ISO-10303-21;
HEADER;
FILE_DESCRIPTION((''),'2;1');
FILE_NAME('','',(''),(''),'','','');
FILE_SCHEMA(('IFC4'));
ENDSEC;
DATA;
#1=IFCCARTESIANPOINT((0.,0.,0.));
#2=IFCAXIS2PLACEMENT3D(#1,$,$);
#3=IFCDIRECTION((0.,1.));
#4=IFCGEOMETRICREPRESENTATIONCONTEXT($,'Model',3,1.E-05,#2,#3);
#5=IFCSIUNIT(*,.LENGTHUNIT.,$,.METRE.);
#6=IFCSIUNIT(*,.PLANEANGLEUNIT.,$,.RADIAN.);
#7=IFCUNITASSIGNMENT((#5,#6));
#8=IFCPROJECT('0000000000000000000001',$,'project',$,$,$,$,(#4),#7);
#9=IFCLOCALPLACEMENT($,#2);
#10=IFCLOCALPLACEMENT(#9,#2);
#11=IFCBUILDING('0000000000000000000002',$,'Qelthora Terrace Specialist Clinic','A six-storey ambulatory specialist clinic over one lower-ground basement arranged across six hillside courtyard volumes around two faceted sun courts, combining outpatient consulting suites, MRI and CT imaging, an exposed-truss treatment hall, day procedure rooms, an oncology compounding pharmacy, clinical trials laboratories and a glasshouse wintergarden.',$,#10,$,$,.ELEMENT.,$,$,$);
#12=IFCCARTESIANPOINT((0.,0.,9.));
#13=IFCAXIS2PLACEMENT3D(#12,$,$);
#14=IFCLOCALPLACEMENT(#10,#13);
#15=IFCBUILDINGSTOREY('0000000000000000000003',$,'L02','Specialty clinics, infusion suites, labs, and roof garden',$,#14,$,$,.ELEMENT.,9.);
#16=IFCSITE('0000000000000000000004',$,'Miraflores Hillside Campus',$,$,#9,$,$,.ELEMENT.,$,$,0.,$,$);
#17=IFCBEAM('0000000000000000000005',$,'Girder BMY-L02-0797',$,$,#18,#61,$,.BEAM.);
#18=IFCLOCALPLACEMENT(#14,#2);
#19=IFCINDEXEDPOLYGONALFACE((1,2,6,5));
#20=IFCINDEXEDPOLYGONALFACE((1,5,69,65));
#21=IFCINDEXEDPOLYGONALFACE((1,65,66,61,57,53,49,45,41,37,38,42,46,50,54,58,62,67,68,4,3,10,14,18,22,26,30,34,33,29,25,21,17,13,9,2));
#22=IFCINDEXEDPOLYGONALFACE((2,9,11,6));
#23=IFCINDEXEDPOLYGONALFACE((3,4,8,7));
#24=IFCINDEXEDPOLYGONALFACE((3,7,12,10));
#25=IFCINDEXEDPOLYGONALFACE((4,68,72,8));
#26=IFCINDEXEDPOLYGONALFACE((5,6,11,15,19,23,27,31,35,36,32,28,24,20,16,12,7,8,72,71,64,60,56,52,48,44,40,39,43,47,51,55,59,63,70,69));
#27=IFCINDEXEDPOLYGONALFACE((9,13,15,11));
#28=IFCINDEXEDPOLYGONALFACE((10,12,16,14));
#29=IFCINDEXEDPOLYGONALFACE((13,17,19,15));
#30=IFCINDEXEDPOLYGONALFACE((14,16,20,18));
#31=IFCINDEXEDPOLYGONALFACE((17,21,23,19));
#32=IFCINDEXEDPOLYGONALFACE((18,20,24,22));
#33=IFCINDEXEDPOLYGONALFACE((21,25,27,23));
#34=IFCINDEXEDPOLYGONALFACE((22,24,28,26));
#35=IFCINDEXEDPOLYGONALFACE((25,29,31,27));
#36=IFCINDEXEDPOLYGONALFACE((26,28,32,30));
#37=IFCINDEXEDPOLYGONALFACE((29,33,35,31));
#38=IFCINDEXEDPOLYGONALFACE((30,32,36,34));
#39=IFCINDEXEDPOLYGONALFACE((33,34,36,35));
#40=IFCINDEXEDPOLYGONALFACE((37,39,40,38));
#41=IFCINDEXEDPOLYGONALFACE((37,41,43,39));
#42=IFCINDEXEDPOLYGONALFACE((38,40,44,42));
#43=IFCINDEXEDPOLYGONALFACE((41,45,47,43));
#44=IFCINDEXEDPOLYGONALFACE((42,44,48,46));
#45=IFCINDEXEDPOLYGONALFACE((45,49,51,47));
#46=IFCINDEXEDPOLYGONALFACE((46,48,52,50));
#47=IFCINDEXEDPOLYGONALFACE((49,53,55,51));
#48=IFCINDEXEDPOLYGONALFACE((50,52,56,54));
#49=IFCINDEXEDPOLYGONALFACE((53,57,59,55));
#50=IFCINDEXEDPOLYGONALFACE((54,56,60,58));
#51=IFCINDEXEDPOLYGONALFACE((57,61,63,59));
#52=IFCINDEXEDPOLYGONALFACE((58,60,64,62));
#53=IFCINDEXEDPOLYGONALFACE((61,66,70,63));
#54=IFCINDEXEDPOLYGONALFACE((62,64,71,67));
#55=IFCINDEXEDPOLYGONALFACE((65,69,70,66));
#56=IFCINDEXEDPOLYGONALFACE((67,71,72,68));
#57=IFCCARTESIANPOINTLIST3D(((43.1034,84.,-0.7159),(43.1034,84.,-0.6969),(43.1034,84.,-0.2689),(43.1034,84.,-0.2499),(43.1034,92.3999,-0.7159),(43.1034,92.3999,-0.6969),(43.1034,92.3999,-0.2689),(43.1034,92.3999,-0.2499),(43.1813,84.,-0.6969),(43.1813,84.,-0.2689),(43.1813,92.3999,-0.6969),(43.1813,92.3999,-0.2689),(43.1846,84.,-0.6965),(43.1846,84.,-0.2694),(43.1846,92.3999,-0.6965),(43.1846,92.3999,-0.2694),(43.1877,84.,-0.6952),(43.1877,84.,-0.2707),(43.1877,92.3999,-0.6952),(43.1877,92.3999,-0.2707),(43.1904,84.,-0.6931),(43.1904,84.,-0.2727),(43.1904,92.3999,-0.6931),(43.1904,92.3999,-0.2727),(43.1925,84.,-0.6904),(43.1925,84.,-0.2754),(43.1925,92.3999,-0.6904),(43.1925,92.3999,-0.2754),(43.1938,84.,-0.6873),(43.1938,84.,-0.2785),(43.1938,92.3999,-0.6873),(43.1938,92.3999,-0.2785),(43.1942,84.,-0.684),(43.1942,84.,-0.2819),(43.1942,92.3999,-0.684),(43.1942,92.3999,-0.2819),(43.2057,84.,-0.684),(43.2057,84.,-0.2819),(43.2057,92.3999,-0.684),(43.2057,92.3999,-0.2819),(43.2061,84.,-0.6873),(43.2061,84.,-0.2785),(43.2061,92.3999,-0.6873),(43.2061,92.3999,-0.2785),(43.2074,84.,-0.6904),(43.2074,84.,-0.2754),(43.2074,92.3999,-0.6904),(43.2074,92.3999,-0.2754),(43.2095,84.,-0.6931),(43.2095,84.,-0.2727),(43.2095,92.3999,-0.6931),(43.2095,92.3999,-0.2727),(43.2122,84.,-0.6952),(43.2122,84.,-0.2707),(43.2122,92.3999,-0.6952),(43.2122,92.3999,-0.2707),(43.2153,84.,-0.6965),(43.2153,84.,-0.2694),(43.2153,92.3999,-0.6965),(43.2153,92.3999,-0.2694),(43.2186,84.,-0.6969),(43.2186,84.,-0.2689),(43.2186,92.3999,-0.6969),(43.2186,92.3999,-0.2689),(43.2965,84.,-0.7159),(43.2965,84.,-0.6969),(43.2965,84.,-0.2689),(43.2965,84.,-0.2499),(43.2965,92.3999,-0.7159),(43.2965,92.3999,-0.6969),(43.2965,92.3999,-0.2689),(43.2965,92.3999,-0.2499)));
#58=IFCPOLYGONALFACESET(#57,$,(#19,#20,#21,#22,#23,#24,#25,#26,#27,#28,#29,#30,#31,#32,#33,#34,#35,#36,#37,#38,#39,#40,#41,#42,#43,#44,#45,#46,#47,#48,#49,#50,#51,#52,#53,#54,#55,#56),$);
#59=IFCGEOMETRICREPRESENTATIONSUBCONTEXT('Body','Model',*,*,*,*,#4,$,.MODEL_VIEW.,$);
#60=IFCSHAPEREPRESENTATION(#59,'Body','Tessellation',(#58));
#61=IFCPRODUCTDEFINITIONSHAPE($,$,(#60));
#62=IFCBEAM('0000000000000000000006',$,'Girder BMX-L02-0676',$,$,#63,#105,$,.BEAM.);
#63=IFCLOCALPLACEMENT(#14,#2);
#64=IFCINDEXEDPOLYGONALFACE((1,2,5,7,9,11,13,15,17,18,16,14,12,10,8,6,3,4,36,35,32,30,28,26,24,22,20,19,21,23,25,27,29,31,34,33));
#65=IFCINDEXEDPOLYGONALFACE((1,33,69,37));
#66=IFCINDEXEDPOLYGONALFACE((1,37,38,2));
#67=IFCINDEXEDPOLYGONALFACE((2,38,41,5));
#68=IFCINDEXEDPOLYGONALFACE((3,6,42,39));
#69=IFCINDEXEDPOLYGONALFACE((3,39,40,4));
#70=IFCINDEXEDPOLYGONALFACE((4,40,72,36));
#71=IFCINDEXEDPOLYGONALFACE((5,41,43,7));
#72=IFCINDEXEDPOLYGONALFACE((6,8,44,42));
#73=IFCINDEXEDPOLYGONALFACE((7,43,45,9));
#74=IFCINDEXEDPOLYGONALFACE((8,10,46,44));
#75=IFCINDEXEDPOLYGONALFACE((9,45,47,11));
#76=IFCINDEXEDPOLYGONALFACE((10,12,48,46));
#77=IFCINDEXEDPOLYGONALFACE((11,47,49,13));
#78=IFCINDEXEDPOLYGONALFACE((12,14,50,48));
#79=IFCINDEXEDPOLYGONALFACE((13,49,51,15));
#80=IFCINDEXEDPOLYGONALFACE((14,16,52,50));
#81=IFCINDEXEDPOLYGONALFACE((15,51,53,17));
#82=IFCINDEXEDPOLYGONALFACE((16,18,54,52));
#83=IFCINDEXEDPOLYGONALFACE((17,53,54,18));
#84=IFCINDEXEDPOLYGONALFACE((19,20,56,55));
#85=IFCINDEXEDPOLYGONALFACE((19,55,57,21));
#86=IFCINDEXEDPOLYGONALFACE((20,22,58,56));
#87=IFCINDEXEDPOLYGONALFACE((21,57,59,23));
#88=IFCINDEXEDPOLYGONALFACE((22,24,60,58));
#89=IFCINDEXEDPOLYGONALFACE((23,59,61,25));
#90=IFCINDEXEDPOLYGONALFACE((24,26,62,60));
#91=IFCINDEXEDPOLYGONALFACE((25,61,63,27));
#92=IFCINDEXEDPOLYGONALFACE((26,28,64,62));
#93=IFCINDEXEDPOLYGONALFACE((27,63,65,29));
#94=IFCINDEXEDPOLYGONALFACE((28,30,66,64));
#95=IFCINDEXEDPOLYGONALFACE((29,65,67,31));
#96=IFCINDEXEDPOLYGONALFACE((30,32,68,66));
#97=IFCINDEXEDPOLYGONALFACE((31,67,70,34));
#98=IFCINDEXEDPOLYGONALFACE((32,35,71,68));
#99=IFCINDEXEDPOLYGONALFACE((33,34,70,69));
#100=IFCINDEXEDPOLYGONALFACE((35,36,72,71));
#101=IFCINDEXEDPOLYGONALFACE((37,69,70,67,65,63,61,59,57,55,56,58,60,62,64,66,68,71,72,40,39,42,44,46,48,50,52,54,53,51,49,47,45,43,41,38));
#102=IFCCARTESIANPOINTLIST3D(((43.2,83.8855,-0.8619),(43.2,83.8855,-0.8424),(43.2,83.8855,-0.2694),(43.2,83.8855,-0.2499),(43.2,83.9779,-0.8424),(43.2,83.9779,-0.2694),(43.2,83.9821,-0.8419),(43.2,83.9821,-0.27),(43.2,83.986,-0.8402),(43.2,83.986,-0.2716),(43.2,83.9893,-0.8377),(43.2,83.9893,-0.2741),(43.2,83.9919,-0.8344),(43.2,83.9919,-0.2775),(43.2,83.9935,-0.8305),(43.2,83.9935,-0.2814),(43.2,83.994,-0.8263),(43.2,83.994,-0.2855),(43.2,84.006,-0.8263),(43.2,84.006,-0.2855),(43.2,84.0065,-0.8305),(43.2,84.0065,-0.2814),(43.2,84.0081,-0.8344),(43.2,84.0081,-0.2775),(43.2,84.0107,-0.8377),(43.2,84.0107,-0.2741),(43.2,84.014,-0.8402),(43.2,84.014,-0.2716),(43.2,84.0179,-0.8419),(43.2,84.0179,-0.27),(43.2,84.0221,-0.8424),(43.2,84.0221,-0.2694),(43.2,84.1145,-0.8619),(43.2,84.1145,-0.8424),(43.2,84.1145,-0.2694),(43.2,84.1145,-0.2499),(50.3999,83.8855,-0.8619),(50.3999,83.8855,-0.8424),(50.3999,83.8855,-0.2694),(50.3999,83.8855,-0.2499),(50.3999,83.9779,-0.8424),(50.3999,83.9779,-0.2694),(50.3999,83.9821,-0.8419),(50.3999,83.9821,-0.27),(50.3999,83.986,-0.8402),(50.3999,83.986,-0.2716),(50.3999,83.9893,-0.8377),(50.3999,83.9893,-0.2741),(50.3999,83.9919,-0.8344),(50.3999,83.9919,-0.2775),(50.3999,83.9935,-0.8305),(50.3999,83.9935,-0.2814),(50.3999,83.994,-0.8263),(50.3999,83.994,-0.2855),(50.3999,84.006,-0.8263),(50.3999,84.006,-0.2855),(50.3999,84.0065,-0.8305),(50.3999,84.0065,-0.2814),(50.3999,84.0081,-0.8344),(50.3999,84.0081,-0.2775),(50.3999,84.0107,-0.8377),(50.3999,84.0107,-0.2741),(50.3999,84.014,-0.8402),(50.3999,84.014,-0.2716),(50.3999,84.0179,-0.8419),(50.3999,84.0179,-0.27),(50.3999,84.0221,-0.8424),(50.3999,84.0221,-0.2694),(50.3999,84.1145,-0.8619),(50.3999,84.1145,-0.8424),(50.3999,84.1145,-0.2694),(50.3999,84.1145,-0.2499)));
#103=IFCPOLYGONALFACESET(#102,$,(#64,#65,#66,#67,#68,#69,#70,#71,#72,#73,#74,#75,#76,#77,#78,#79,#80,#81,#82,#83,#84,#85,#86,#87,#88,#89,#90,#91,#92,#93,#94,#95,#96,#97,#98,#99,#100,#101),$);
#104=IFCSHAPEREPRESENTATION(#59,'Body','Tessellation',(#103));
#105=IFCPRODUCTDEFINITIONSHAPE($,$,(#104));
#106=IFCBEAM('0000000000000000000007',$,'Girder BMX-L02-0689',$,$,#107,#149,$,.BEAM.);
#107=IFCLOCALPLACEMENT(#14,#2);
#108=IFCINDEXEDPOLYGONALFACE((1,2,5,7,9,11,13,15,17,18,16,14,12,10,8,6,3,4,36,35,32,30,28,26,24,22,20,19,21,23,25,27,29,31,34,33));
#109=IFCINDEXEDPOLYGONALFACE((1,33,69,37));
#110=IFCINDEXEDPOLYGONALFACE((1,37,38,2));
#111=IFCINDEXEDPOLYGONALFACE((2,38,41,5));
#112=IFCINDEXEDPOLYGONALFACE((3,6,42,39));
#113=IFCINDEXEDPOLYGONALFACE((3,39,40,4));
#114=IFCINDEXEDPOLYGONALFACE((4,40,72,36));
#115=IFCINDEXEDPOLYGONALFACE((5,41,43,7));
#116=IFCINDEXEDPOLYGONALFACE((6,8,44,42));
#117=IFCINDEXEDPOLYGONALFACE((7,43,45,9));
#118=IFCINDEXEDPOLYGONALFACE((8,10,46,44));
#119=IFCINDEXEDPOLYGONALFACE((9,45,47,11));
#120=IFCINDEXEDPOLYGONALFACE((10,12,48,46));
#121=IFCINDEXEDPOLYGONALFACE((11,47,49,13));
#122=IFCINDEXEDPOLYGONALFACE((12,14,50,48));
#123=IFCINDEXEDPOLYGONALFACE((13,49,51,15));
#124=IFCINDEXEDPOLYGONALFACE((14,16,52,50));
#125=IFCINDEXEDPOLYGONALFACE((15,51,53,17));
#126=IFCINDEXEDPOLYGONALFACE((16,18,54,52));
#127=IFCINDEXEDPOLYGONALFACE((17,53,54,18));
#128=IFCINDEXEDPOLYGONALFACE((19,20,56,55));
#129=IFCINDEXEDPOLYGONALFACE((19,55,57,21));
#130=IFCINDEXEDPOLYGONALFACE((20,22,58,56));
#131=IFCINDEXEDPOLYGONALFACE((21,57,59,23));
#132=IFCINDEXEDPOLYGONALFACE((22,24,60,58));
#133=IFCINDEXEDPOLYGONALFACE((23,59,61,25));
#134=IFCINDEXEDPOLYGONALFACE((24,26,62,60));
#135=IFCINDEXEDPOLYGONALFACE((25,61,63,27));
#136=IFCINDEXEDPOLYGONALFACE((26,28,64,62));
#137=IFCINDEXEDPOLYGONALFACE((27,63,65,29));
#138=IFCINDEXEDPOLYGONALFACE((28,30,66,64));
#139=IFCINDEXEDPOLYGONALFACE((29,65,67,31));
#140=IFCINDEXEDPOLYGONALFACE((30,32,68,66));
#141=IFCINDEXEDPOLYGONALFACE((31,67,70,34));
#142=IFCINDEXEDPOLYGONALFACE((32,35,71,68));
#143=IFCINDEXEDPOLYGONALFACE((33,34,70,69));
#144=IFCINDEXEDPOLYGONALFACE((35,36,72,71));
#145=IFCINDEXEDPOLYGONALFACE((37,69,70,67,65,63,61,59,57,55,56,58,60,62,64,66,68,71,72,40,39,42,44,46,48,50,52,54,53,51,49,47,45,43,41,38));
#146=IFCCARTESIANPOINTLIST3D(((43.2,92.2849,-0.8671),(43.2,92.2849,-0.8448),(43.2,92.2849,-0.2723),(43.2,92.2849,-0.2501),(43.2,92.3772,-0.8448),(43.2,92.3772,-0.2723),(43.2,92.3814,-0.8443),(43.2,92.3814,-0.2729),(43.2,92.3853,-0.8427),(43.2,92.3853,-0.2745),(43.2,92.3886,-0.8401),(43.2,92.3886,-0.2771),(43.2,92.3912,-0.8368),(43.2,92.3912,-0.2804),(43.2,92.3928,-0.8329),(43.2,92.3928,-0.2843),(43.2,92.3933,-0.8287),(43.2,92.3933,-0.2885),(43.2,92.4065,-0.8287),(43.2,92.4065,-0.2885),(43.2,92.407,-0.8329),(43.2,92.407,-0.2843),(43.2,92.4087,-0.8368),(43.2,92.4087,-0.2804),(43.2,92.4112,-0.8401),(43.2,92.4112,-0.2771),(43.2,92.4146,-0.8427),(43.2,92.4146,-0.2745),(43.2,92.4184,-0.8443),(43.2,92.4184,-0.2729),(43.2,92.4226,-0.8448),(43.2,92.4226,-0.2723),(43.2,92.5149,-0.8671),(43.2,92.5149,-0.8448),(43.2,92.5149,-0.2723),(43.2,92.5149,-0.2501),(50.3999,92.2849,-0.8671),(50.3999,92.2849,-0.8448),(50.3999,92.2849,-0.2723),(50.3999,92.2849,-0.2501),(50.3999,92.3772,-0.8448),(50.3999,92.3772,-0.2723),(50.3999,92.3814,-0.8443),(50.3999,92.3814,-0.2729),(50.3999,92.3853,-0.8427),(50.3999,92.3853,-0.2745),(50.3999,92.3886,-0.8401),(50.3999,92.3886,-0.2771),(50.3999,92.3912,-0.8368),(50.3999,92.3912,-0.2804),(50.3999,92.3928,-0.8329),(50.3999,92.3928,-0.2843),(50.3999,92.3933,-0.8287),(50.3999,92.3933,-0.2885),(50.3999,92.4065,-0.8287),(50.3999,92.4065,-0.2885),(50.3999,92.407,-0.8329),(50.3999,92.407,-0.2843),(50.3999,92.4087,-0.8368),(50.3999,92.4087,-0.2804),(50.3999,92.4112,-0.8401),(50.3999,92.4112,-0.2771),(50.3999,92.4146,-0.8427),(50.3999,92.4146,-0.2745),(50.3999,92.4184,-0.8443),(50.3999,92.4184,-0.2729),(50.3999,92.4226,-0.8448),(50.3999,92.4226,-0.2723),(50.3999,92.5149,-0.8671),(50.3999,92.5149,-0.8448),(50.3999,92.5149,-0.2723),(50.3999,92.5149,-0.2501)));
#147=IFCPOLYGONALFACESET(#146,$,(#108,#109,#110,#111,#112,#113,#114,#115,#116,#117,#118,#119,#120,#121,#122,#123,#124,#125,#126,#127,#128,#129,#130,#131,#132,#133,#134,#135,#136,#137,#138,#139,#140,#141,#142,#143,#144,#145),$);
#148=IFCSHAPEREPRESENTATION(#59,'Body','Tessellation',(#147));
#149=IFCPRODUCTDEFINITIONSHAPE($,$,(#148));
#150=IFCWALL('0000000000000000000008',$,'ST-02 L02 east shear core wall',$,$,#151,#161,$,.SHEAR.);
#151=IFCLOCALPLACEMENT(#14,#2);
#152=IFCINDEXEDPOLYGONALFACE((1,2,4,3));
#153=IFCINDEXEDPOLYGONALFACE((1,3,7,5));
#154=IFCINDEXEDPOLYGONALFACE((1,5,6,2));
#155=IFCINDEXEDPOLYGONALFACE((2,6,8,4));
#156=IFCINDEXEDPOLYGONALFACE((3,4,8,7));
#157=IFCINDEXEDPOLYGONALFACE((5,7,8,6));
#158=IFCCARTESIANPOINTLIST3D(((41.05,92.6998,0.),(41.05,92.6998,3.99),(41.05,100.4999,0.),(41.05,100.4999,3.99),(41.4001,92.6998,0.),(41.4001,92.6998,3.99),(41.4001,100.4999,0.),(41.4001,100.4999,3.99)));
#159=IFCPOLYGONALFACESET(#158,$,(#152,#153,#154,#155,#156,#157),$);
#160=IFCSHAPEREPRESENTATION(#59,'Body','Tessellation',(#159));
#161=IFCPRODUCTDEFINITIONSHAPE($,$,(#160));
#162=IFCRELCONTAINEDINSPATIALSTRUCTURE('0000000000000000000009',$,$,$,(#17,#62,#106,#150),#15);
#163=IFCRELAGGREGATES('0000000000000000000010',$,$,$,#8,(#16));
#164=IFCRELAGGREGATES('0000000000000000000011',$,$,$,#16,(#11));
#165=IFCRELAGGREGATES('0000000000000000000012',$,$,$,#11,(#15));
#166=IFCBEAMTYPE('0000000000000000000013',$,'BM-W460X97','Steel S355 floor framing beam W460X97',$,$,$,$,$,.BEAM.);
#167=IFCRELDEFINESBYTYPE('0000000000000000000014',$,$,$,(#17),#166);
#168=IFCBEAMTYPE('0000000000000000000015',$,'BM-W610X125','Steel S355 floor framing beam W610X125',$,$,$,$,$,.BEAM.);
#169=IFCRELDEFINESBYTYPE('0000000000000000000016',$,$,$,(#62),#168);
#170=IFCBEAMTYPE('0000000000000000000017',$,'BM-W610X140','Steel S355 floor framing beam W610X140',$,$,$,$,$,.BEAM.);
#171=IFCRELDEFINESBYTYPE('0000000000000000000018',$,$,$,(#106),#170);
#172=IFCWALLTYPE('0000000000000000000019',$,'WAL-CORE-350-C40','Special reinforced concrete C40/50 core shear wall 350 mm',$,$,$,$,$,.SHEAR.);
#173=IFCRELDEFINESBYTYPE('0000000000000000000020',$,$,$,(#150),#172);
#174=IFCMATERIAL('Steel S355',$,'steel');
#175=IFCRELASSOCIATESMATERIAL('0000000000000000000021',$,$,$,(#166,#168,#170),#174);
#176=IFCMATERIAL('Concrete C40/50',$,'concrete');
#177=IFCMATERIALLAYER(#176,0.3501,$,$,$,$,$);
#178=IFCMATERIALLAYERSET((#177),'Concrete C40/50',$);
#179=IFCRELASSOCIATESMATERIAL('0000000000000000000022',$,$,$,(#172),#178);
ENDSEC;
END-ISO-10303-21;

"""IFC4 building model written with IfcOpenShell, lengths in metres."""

from ifc_helpers import new_model, si_unit, direction, frame, frame_2d, origin, origin_2d, place, context, subcontext, project, spatial, rectangle, i_section, extrude, material, layer, layer_set, material_profile, profile_set, type_object, element, save


model = new_model("IFC4")

# Units and contexts
model_context = context("Model", 3, precision=1e-05, world=origin(), true_north=direction((0.0, 1.0)))
body_context = subcontext(model_context, "Body", "Model", "MODEL_VIEW")
ifc_project = project(units=[si_unit("LENGTHUNIT", "METRE"), si_unit("PLANEANGLEUNIT", "RADIAN")], contexts=[model_context])

# Site, building, storey
site_placement = place(None, origin())
site = spatial("IfcSite", under=ifc_project, at=site_placement, Name="Miraflores Hillside Campus", CompositionType="ELEMENT", RefElevation=0.0)
building_placement = place(site_placement, origin())
building = spatial("IfcBuilding", under=site, at=building_placement, Name="Qelthora Terrace Specialist Clinic", Description="A six-storey ambulatory specialist clinic over one lower-ground basement arranged across six hillside courtyard volumes around two faceted sun courts, combining outpatient consulting suites, MRI and CT imaging, an exposed-truss treatment hall, day procedure rooms, an oncology compounding pharmacy, clinical trials laboratories and a glasshouse wintergarden.", CompositionType="ELEMENT")
storey_placement = place(building_placement, frame((0.0, 0.0, 9.0)))
storey = spatial("IfcBuildingStorey", under=building, at=storey_placement, Name="L02", Description="Specialty clinics, infusion suites, labs, and roof garden", CompositionType="ELEMENT", Elevation=9.0)

# Shared definitions
ifc_material_1 = material(Name="Steel S355", Category="steel")

# Beams
ifc_material_profile_1 = material_profile(ifc_material_1, i_section(OverallWidth=0.1931, OverallDepth=0.4661, WebThickness=0.0115, FlangeThickness=0.019, FilletRadius=0.0129, at=origin_2d()), Name="W460X97")
ifc_profile_set_1 = profile_set([ifc_material_profile_1], Name="Steel S355")
beam_type_1 = type_object("IfcBeamType", Name="BM-W460X97", Description="Steel S355 floor framing beam W460X97", PredefinedType="BEAM", material=ifc_profile_set_1)
beam_1_placement = place(storey_placement, frame((43.2, 84.0, -0.4829), z_axis=(0.0, 1.0, 0.0), x_axis=(-1.0, 0.0, 0.0)))
element("IfcBeam", 1, at=beam_1_placement, inside=storey, type_object=beam_type_1, Name="Girder BMY-L02-0797", PredefinedType="BEAM", context=body_context, shape_type="SweptSolid", body=[
    extrude(i_section(OverallWidth=0.1931, OverallDepth=0.4661, WebThickness=0.0115, FlangeThickness=0.019, FilletRadius=0.0129, at=origin_2d()), origin(), (0.0, 0.0, 1.0), 8.3999),
])
ifc_material_profile_2 = material_profile(ifc_material_1, i_section(OverallWidth=0.229, OverallDepth=0.6121, WebThickness=0.012, FlangeThickness=0.0195, FilletRadius=0.0161, at=origin_2d()), Name="W610X125")
ifc_profile_set_2 = profile_set([ifc_material_profile_2], Name="Steel S355")
beam_type_2 = type_object("IfcBeamType", Name="BM-W610X125", Description="Steel S355 floor framing beam W610X125", PredefinedType="BEAM", material=ifc_profile_set_2)
beam_2_placement = place(storey_placement, frame((43.2, 84.0, -0.5559), z_axis=(1.0, 0.0, 0.0), x_axis=(0.0, 1.0, 0.0)))
element("IfcBeam", 2, at=beam_2_placement, inside=storey, type_object=beam_type_2, Name="Girder BMX-L02-0676", PredefinedType="BEAM", context=body_context, shape_type="SweptSolid", body=[
    extrude(i_section(OverallWidth=0.229, OverallDepth=0.6121, WebThickness=0.012, FlangeThickness=0.0195, FilletRadius=0.0161, at=origin_2d()), origin(), (0.0, 0.0, 1.0), 7.2),
])
ifc_material_profile_3 = material_profile(ifc_material_1, i_section(OverallWidth=0.23, OverallDepth=0.6169, WebThickness=0.0132, FlangeThickness=0.0222, FilletRadius=0.0161, at=origin_2d()), Name="W610X140")
ifc_profile_set_3 = profile_set([ifc_material_profile_3], Name="Steel S355")
beam_type_3 = type_object("IfcBeamType", Name="BM-W610X140", Description="Steel S355 floor framing beam W610X140", PredefinedType="BEAM", material=ifc_profile_set_3)
beam_3_placement = place(storey_placement, frame((43.2, 92.3999, -0.5586), z_axis=(1.0, 0.0, 0.0), x_axis=(0.0, 1.0, 0.0)))
element("IfcBeam", 3, at=beam_3_placement, inside=storey, type_object=beam_type_3, Name="Girder BMX-L02-0689", PredefinedType="BEAM", context=body_context, shape_type="SweptSolid", body=[
    extrude(i_section(OverallWidth=0.23, OverallDepth=0.6169, WebThickness=0.0132, FlangeThickness=0.0222, FilletRadius=0.0161, at=origin_2d()), origin(), (0.0, 0.0, 1.0), 7.2),
])

# Wall
ifc_material_2 = material(Name="Concrete C40/50", Category="concrete")
ifc_layer_1 = layer(ifc_material_2, 0.3501)
ifc_layer_set_1 = layer_set([ifc_layer_1], Name="Concrete C40/50")
wall_type_1 = type_object("IfcWallType", Name="WAL-CORE-350-C40", Description="Special reinforced concrete C40/50 core shear wall 350 mm", PredefinedType="SHEAR", material=ifc_layer_set_1)
wall_1_placement = place(storey_placement, frame((41.2251, 92.7, 0.0), z_axis=(0.0, 0.0, 1.0), x_axis=(0.0, 1.0, 0.0)))
element("IfcWall", 4, at=wall_1_placement, inside=storey, type_object=wall_type_1, Name="ST-02 L02 east shear core wall", PredefinedType="SHEAR", context=body_context, shape_type="SweptSolid", body=[
    extrude(rectangle(XDim=7.8, YDim=0.3501, at=frame_2d((3.8999, 0.0))), origin(), (0.0, 0.0, 1.0), 3.99),
])

save(model, "model.ifc")
